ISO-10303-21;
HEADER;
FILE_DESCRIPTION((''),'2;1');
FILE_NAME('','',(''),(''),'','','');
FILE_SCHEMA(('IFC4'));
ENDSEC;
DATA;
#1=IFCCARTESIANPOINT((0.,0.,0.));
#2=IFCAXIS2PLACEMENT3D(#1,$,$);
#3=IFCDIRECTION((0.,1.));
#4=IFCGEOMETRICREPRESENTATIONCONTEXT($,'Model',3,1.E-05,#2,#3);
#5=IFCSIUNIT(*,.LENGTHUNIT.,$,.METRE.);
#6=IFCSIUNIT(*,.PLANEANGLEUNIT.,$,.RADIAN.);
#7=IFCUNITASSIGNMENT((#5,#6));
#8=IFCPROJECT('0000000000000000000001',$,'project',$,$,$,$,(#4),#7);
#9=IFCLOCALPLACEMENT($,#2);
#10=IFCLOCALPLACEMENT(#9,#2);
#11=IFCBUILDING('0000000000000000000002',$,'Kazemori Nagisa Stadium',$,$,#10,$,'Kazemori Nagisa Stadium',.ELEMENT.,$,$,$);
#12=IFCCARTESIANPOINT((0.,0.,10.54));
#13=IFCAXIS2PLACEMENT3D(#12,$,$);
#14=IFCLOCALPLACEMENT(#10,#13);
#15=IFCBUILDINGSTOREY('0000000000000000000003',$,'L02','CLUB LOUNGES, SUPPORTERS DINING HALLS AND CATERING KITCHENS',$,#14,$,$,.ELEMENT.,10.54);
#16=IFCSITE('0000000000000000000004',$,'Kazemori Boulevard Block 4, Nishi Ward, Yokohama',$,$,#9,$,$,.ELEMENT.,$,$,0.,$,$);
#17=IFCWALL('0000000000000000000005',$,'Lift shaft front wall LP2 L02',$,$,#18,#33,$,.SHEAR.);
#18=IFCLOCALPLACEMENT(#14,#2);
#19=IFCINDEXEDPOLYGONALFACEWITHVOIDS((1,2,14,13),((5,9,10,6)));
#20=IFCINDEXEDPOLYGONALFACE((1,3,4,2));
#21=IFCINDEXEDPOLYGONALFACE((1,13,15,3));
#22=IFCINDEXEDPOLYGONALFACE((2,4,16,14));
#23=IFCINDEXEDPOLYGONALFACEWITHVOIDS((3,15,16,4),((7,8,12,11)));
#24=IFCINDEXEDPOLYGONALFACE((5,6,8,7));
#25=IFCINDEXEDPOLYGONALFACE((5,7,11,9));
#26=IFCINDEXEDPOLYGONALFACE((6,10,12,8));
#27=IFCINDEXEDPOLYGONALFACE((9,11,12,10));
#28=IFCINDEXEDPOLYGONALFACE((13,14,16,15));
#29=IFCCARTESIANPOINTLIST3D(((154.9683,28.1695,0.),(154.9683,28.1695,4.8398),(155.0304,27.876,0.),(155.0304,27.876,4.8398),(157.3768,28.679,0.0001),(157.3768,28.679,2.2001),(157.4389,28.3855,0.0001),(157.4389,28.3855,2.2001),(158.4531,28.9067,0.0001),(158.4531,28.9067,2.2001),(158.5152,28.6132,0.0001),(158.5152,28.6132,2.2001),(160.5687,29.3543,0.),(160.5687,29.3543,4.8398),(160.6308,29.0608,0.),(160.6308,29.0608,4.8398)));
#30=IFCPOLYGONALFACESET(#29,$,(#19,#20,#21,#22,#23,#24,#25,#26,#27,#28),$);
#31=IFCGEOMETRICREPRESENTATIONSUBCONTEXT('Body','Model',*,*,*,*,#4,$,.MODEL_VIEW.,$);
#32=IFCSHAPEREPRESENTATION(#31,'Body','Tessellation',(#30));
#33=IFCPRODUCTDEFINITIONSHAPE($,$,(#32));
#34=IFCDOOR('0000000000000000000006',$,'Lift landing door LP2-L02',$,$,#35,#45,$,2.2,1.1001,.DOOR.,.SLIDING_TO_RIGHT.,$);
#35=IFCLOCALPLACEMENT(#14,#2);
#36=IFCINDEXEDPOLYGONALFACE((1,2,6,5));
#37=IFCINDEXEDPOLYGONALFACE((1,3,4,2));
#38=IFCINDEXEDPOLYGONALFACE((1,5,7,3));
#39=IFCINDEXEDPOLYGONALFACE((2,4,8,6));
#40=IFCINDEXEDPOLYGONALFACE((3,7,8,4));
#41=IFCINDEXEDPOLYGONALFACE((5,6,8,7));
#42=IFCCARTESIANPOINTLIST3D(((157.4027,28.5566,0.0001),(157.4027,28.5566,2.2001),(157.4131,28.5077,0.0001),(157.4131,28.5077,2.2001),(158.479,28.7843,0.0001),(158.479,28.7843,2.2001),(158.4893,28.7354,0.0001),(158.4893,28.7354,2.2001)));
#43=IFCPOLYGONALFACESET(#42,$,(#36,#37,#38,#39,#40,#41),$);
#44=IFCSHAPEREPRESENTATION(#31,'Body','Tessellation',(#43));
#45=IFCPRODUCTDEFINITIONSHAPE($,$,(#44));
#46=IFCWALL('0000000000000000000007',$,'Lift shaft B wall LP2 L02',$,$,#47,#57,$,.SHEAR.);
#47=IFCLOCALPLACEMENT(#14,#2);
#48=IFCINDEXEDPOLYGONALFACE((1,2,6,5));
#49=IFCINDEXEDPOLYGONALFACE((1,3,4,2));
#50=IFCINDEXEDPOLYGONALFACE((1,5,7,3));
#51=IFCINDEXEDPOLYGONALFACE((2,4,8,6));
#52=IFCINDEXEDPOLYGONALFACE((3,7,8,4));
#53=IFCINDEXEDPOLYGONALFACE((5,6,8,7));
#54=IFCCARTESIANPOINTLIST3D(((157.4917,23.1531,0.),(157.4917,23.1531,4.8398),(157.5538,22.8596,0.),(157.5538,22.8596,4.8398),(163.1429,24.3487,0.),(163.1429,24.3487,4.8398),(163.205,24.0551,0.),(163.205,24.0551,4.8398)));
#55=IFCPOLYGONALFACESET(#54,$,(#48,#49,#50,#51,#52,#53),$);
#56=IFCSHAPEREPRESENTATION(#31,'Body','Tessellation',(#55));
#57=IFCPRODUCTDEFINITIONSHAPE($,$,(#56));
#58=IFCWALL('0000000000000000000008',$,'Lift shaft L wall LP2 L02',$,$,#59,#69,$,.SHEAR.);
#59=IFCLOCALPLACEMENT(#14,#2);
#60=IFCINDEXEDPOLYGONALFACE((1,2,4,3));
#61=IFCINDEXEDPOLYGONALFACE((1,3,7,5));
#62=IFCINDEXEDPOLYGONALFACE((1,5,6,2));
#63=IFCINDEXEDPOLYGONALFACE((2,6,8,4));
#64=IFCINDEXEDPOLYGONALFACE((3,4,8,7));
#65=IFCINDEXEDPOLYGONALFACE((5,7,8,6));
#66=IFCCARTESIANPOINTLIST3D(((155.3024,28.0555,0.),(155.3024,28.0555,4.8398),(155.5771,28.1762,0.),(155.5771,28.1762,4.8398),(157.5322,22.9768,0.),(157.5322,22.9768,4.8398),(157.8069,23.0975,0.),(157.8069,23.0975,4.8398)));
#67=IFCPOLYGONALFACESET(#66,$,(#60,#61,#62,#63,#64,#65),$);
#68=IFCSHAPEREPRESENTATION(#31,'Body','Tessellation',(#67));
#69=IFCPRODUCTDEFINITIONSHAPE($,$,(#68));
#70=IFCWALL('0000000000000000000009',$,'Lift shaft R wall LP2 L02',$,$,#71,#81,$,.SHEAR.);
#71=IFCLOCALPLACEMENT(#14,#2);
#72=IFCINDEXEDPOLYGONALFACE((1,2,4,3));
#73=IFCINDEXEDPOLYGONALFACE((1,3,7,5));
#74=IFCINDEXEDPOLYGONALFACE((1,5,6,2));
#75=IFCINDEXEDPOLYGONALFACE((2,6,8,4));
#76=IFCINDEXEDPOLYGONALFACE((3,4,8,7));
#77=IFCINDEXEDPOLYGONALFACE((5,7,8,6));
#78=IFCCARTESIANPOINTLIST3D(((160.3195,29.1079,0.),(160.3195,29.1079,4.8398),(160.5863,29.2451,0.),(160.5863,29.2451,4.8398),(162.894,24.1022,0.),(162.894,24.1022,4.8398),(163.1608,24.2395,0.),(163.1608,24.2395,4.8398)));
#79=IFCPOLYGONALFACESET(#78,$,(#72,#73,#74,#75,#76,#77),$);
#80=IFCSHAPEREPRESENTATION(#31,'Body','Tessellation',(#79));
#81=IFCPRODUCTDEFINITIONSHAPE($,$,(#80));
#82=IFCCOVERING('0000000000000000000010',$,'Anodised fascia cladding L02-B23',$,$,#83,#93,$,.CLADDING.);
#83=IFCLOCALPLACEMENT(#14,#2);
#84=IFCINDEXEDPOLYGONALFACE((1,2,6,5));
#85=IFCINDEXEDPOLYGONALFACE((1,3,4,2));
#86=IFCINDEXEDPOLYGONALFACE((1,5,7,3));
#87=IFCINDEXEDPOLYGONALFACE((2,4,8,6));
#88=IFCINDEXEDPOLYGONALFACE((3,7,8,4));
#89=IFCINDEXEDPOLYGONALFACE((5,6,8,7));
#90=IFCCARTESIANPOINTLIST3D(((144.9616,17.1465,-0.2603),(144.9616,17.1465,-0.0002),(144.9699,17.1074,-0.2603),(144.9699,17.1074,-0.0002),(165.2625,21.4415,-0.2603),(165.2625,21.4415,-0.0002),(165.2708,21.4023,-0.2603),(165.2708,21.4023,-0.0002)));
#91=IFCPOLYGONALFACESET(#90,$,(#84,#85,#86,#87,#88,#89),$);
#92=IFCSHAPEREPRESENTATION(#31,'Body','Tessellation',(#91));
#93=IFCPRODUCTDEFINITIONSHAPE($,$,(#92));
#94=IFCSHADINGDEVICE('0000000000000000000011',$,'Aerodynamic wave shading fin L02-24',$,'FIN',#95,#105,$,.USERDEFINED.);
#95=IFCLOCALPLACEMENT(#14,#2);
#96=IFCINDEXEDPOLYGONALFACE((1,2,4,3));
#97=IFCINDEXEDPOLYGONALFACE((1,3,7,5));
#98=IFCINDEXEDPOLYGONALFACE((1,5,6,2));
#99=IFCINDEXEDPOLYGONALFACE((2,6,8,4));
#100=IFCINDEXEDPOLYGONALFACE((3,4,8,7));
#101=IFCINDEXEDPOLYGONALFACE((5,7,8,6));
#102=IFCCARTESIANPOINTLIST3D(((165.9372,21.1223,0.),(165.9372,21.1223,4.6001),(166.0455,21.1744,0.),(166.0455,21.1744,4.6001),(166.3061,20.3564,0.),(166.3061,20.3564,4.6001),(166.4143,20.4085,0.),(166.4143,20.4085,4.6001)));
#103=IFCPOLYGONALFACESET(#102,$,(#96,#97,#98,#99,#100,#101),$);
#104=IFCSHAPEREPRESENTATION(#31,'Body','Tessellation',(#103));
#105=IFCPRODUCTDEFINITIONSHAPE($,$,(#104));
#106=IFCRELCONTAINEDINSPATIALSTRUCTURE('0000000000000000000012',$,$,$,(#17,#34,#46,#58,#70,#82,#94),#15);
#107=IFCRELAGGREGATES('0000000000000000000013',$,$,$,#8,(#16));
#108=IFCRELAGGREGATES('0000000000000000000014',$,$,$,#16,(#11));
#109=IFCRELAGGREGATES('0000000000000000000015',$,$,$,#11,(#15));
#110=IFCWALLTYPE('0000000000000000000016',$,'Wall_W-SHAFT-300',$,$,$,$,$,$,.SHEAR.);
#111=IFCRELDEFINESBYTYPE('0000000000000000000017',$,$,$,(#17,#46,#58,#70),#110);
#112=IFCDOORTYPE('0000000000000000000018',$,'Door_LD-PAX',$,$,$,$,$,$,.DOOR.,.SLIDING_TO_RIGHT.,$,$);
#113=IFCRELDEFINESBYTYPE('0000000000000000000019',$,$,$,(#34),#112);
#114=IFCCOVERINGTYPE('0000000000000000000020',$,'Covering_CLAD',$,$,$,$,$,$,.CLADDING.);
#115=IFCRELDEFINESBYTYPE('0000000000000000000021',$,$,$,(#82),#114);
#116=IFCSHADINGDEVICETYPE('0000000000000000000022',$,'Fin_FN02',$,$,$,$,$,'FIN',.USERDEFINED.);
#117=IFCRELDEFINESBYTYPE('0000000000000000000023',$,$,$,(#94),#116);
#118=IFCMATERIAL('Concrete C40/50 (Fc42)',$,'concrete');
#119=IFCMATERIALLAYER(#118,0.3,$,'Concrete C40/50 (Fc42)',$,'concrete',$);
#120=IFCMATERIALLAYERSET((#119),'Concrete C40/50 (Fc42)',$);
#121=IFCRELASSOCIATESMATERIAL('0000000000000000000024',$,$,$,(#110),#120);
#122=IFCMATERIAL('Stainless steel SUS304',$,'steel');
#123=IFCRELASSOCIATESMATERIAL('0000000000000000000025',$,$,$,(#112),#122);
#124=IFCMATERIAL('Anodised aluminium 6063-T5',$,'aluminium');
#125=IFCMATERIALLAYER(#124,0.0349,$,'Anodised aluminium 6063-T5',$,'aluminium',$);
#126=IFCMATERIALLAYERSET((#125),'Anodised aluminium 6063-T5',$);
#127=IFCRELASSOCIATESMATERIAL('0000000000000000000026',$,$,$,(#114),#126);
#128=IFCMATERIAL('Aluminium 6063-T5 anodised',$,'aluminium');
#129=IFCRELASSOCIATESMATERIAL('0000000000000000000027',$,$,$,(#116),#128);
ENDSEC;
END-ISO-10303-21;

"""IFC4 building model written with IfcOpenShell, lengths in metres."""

from ifc_helpers import new_model, si_unit, direction, frame, frame_2d, origin, origin_2d, place, context, subcontext, project, spatial, rectangle, extrude, material, layer, layer_set, type_object, element, fill, save


model = new_model("IFC4")

# Units and contexts
model_context = context("Model", 3, precision=1e-05, world=origin(), true_north=direction((0.0, 1.0)))
body_context = subcontext(model_context, "Body", "Model", "MODEL_VIEW")
ifc_project = project(units=[si_unit("LENGTHUNIT", "METRE"), si_unit("PLANEANGLEUNIT", "RADIAN")], contexts=[model_context])

# Site, building, storey
site_placement = place(None, origin())
site = spatial("IfcSite", under=ifc_project, at=site_placement, Name="Kazemori Boulevard Block 4, Nishi Ward, Yokohama", CompositionType="ELEMENT", RefElevation=0.0)
building_placement = place(site_placement, origin())
building = spatial("IfcBuilding", under=site, at=building_placement, Name="Kazemori Nagisa Stadium", LongName="Kazemori Nagisa Stadium", CompositionType="ELEMENT")
storey_placement = place(building_placement, frame((0.0, 0.0, 10.54)))
storey = spatial("IfcBuildingStorey", under=building, at=storey_placement, Name="L02", Description="CLUB LOUNGES, SUPPORTERS DINING HALLS AND CATERING KITCHENS", CompositionType="ELEMENT", Elevation=10.54)

# Shared definitions
ifc_material_1 = material(Name="Concrete C40/50 (Fc42)", Category="concrete")

# Shared definitions
ifc_material_2 = material(Name="Anodised aluminium 6063-T5", Category="aluminium")
ifc_material_3 = material(Name="Aluminium 6063-T5 anodised", Category="aluminium")

# Wall, opening, door
ifc_layer_1 = layer(ifc_material_1, 0.3, Name="Concrete C40/50 (Fc42)", Category="concrete")
ifc_layer_set_1 = layer_set([ifc_layer_1], Name="Concrete C40/50 (Fc42)")
wall_type_1 = type_object("IfcWallType", Name="Wall_W-SHAFT-300", PredefinedType="SHEAR", material=ifc_layer_set_1)
wall_1_placement = place(storey_placement, frame((154.9993, 28.0227, 0.0), z_axis=(0.0, 0.0, 1.0), x_axis=(0.978345, 0.20698, 0.0)))
wall_1 = element("IfcWall", 1, at=wall_1_placement, inside=storey, type_object=wall_type_1, Name="Lift shaft front wall LP2 L02", PredefinedType="SHEAR", context=body_context, shape_type="SweptSolid", body=[
    extrude(rectangle(XDim=5.7244, YDim=0.3, at=frame_2d((2.8623, 0.0))), origin(), (0.0, 0.0, 1.0), 4.8398),
])
opening_1_placement = place(wall_1_placement, frame((2.4619, 0.0, 0.0)))
opening_1 = element("IfcOpeningElement", 2, at=opening_1_placement, cuts=wall_1, PredefinedType="OPENING", context=body_context, shape_type="SweptSolid", body=[
    extrude(rectangle(XDim=1.1001, YDim=2.2, at=frame_2d((0.55, 1.1001))), frame((0.0, 0.1599, 0.0), z_axis=(0.0, -1.0, 0.0), x_axis=(1.0, 0.0, 0.0)), (0.0, 0.0, 1.0), 0.3201),
])
ifc_material_4 = material(Name="Stainless steel SUS304", Category="steel")
door_type = type_object("IfcDoorType", Name="Door_LD-PAX", OperationType="SLIDING_TO_RIGHT", PredefinedType="DOOR", material=ifc_material_4)
door_placement = place(opening_1_placement, origin())
door = element("IfcDoor", 3, at=door_placement, inside=storey, type_object=door_type, Name="Lift landing door LP2-L02", OperationType="SLIDING_TO_RIGHT", OverallHeight=2.2, OverallWidth=1.1001, PredefinedType="DOOR", context=body_context, shape_type="SweptSolid", body=[
    extrude(rectangle(XDim=1.1001, YDim=2.2, at=frame_2d((0.55, 1.1001))), frame((0.0, 0.0249, 0.0), z_axis=(0.0, -1.0, 0.0), x_axis=(1.0, 0.0, 0.0)), (0.0, 0.0, 1.0), 0.05),
])
fill(opening_1, door)

# Walls
wall_2_placement = place(storey_placement, frame((157.5227, 23.0063, 0.0), z_axis=(0.0, 0.0, 1.0), x_axis=(0.978347, 0.206971, 0.0)))
element("IfcWall", 4, at=wall_2_placement, inside=storey, type_object=wall_type_1, Name="Lift shaft B wall LP2 L02", PredefinedType="SHEAR", context=body_context, shape_type="SweptSolid", body=[
    extrude(rectangle(XDim=5.7764, YDim=0.3, at=frame_2d((2.8882, 0.0))), origin(), (0.0, 0.0, 1.0), 4.8398),
])
wall_3_placement = place(storey_placement, frame((155.4397, 28.116, 0.0), z_axis=(0.0, 0.0, 1.0), x_axis=(0.402005, -0.915637, 0.0)))
element("IfcWall", 5, at=wall_3_placement, inside=storey, type_object=wall_type_1, Name="Lift shaft L wall LP2 L02", PredefinedType="SHEAR", context=body_context, shape_type="SweptSolid", body=[
    extrude(rectangle(XDim=5.5466, YDim=0.3, at=frame_2d((2.7734, 0.0))), origin(), (0.0, 0.0, 1.0), 4.8398),
])
wall_4_placement = place(storey_placement, frame((160.4529, 29.1765, 0.0), z_axis=(0.0, 0.0, 1.0), x_axis=(0.457369, -0.889277, 0.0)))
element("IfcWall", 6, at=wall_4_placement, inside=storey, type_object=wall_type_1, Name="Lift shaft R wall LP2 L02", PredefinedType="SHEAR", context=body_context, shape_type="SweptSolid", body=[
    extrude(rectangle(XDim=5.6289, YDim=0.3, at=frame_2d((2.8145, 0.0))), origin(), (0.0, 0.0, 1.0), 4.8398),
])

# Covering
ifc_layer_2 = layer(ifc_material_2, 0.0349, Name="Anodised aluminium 6063-T5", Category="aluminium")
ifc_layer_set_2 = layer_set([ifc_layer_2], Name="Anodised aluminium 6063-T5")
covering_type = type_object("IfcCoveringType", Name="Covering_CLAD", PredefinedType="CLADDING", material=ifc_layer_set_2)
covering_placement = place(storey_placement, frame((155.1162, 19.2744, -0.2603), z_axis=(0.0, 0.0, 1.0), x_axis=(0.978345, 0.206981, 0.0)))
element("IfcCovering", 7, at=covering_placement, inside=storey, type_object=covering_type, Name="Anodised fascia cladding L02-B23", PredefinedType="CLADDING", context=body_context, shape_type="SweptSolid", body=[
    extrude(rectangle(XDim=20.7502, YDim=0.04, at=origin_2d()), origin(), (0.0, 0.0, 1.0), 0.26),
])

# Shading device
shading_device_type = type_object("IfcShadingDeviceType", Name="Fin_FN02", ElementType="FIN", PredefinedType="USERDEFINED", material=ifc_material_3)
shading_device_placement = place(storey_placement, frame((166.1758, 20.7654, 0.0), z_axis=(0.0, 0.0, 1.0), x_axis=(0.433884, -0.900969, 0.0)))
element("IfcShadingDevice", 8, at=shading_device_placement, inside=storey, type_object=shading_device_type, Name="Aerodynamic wave shading fin L02-24", ObjectType="FIN", PredefinedType="USERDEFINED", context=body_context, shape_type="SweptSolid", body=[
    extrude(rectangle(XDim=0.8501, YDim=0.1201, at=origin_2d()), origin(), (0.0, 0.0, 1.0), 4.6001),
])

save(model, "model.ifc")
